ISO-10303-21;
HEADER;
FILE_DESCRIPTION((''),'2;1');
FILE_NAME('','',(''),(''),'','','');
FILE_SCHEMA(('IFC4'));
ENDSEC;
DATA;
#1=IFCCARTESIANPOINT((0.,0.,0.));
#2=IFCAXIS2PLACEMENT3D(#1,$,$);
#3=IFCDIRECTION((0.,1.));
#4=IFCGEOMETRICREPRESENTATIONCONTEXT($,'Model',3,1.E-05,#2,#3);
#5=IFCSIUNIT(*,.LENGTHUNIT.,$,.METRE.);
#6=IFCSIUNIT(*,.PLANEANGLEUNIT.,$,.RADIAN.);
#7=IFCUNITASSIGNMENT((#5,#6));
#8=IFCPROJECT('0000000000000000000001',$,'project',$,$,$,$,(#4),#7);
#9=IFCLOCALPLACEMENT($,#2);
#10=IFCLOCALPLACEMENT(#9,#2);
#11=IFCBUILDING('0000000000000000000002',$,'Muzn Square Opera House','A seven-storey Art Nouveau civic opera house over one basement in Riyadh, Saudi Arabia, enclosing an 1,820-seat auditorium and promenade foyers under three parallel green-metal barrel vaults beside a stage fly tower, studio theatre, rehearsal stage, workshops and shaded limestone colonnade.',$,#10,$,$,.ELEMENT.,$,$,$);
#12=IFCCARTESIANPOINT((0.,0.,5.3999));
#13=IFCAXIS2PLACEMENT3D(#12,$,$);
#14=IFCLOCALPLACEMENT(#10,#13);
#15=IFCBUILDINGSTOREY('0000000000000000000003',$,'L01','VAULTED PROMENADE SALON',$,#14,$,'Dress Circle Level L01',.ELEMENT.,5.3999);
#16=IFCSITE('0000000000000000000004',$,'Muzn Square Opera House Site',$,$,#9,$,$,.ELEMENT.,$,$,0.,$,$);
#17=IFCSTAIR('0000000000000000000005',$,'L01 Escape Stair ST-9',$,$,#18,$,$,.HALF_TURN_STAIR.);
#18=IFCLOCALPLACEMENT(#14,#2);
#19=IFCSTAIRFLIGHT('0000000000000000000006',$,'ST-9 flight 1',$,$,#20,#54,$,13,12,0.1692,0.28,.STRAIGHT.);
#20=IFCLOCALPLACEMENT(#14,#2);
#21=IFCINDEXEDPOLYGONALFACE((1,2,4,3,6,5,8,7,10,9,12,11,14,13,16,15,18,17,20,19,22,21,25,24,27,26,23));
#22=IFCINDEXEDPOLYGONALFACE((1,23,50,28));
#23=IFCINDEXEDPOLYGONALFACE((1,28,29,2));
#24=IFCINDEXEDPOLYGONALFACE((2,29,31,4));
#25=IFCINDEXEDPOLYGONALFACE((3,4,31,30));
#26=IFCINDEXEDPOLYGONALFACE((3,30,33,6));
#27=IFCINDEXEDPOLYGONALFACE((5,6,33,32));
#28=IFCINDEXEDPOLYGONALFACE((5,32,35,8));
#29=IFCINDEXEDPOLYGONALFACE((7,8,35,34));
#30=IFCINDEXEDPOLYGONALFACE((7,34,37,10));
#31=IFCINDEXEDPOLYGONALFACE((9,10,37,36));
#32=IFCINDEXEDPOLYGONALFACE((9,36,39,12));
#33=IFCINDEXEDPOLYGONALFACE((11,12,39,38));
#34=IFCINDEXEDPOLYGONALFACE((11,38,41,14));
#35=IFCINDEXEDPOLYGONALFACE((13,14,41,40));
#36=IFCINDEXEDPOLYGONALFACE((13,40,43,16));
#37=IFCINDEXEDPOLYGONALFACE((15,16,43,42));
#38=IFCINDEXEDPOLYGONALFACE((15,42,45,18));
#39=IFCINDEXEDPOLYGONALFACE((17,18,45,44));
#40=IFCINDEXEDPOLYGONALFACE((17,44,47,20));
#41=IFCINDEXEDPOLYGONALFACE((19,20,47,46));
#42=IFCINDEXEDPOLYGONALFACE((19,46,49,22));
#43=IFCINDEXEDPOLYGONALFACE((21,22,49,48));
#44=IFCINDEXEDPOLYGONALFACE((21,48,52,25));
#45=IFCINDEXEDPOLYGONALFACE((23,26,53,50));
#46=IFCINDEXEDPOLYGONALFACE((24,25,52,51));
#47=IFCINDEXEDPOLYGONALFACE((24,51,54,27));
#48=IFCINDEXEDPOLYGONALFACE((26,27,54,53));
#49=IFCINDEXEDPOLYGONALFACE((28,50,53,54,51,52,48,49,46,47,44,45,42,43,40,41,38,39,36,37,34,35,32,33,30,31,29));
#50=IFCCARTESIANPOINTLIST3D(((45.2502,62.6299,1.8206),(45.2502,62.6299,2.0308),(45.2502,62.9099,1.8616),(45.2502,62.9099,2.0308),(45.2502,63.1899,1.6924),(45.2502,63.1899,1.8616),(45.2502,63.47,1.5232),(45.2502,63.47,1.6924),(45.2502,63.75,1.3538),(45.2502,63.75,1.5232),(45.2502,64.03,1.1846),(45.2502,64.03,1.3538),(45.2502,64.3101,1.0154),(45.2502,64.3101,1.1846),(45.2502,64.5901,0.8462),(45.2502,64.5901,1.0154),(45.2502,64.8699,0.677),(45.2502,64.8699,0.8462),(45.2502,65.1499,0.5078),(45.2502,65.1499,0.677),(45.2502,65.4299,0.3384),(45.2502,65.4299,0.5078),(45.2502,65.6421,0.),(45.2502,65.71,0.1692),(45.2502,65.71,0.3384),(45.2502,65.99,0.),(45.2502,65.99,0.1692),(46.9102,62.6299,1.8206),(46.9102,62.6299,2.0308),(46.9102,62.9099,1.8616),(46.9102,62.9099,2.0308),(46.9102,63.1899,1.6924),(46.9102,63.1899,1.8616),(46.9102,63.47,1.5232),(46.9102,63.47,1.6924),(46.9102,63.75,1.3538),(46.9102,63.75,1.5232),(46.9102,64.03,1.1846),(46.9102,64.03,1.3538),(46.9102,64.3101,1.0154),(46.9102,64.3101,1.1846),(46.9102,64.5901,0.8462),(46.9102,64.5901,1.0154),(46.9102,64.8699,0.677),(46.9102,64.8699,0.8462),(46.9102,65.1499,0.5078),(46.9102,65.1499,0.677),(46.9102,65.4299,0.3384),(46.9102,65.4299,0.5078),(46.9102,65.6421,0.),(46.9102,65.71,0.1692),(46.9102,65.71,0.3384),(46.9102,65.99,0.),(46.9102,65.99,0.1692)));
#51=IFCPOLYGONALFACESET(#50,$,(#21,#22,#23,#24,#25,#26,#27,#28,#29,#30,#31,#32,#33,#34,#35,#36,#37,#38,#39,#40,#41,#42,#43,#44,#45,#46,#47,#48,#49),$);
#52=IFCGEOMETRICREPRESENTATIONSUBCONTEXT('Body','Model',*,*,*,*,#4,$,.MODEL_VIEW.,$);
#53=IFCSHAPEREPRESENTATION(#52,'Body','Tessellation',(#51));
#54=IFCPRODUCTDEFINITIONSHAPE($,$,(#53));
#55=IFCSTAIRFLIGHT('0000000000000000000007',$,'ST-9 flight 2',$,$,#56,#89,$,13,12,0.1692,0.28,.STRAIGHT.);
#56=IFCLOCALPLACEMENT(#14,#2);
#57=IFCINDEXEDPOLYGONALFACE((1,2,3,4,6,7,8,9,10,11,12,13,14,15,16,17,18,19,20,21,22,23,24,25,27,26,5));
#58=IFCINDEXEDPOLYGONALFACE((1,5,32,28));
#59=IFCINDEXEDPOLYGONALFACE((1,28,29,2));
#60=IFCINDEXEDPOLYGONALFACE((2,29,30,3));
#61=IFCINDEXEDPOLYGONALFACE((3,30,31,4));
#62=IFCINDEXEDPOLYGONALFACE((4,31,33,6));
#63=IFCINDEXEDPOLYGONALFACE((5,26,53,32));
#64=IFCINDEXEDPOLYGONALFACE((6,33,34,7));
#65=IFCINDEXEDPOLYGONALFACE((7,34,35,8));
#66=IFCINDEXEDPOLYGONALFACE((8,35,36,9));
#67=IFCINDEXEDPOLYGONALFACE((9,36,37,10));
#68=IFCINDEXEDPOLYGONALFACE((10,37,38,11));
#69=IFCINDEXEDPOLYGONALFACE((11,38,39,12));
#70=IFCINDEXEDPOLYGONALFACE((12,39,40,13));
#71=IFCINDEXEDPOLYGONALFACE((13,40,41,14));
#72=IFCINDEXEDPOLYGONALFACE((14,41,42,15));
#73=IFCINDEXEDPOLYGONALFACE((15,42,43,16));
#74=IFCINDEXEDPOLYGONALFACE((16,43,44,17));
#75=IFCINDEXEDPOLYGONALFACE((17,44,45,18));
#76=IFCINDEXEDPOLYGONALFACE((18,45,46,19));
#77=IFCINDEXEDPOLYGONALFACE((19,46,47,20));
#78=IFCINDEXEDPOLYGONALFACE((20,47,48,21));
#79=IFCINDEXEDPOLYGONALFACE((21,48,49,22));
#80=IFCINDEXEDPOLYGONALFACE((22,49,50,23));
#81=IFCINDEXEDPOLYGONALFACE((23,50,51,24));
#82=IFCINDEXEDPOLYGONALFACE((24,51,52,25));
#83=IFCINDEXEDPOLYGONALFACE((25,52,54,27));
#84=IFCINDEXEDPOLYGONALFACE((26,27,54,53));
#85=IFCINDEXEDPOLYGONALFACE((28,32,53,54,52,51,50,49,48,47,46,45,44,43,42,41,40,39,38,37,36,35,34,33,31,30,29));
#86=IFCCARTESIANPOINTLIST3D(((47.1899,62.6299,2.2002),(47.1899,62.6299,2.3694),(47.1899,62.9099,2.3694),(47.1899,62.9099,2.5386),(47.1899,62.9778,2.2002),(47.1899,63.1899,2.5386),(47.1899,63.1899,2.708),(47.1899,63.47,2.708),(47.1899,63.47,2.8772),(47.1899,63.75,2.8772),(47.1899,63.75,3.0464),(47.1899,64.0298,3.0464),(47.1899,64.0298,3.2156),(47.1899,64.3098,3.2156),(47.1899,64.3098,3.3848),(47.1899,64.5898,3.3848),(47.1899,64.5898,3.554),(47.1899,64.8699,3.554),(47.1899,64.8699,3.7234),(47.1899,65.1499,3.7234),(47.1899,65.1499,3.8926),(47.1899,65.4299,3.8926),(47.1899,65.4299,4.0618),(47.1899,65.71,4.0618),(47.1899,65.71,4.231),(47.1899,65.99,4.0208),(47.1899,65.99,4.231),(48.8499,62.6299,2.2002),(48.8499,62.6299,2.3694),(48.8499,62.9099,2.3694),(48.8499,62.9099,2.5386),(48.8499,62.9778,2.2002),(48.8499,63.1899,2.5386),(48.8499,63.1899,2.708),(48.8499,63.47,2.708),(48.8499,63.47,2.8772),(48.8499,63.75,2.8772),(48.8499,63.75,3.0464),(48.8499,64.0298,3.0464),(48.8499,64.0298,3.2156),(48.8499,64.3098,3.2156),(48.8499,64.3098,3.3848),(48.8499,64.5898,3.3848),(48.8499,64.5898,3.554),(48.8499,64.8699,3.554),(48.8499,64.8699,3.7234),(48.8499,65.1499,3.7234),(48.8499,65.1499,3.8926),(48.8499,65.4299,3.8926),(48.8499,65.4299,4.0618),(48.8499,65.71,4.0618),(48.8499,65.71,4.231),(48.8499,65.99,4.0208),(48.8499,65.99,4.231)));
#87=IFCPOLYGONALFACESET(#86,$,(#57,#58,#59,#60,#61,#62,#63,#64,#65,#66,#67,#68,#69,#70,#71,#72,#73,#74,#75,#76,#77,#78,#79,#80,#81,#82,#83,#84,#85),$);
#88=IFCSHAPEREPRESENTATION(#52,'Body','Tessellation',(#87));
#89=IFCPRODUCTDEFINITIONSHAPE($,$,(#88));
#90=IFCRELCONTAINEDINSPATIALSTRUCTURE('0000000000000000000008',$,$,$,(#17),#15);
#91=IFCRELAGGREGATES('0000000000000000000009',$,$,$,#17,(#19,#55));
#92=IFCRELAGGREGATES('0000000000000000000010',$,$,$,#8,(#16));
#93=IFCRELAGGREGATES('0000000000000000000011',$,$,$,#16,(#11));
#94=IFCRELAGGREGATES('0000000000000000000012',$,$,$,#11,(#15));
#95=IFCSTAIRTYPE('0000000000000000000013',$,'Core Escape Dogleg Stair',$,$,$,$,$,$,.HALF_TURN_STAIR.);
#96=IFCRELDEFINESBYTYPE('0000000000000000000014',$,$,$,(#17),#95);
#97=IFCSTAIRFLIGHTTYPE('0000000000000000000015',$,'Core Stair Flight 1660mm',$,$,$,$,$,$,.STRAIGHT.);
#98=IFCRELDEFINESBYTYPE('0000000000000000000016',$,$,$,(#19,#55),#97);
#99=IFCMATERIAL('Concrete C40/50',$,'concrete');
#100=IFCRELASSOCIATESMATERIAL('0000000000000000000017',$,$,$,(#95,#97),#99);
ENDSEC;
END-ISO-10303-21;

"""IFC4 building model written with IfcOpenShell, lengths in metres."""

from ifc_helpers import new_model, si_unit, direction, frame, origin, place, context, subcontext, project, spatial, polyline, outline, extrude, material, type_object, element, aggregate, save


model = new_model("IFC4")

# Units and contexts
model_context = context("Model", 3, precision=1e-05, world=origin(), true_north=direction((0.0, 1.0)))
body_context = subcontext(model_context, "Body", "Model", "MODEL_VIEW")
ifc_project = project(units=[si_unit("LENGTHUNIT", "METRE"), si_unit("PLANEANGLEUNIT", "RADIAN")], contexts=[model_context])

# Site, building, storey
site_placement = place(None, origin())
site = spatial("IfcSite", under=ifc_project, at=site_placement, Name="Muzn Square Opera House Site", CompositionType="ELEMENT", RefElevation=0.0)
building_placement = place(site_placement, origin())
building = spatial("IfcBuilding", under=site, at=building_placement, Name="Muzn Square Opera House", Description="A seven-storey Art Nouveau civic opera house over one basement in Riyadh, Saudi Arabia, enclosing an 1,820-seat auditorium and promenade foyers under three parallel green-metal barrel vaults beside a stage fly tower, studio theatre, rehearsal stage, workshops and shaded limestone colonnade.", CompositionType="ELEMENT")
storey_placement = place(building_placement, frame((0.0, 0.0, 5.3999)))
storey = spatial("IfcBuildingStorey", under=building, at=storey_placement, Name="L01", Description="VAULTED PROMENADE SALON", LongName="Dress Circle Level L01", CompositionType="ELEMENT", Elevation=5.3999)

# Shared definitions
ifc_material_1 = material(Name="Concrete C40/50", Category="concrete")

# Stair, stair flights
stair_type = type_object("IfcStairType", Name="Core Escape Dogleg Stair", PredefinedType="HALF_TURN_STAIR", material=ifc_material_1)
stair_placement = place(storey_placement, origin())
stair = element("IfcStair", 1, at=stair_placement, inside=storey, type_object=stair_type, Name="L01 Escape Stair ST-9", PredefinedType="HALF_TURN_STAIR")
stair_flight_type = type_object("IfcStairFlightType", Name="Core Stair Flight 1660mm", PredefinedType="STRAIGHT", material=ifc_material_1)
stair_flight_1_placement = place(storey_placement, frame((46.0801, 65.99, 0.0), z_axis=(0.0, 0.0, 1.0), x_axis=(0.0, -1.0, 0.0)))
stair_flight_1 = element("IfcStairFlight", 2, at=stair_flight_1_placement, type_object=stair_flight_type, Name="ST-9 flight 1", NumberOfRisers=13, NumberOfTreads=12, PredefinedType="STRAIGHT", RiserHeight=0.1692, TreadLength=0.28, context=body_context, shape_type="SweptSolid", body=[
    extrude(outline(polyline([(0.0, 0.0), (0.0, 0.1692), (0.28, 0.1692), (0.28, 0.3384), (0.5601, 0.3384), (0.5601, 0.5078), (0.8401, 0.5078), (0.8401, 0.677), (1.1201, 0.677), (1.1201, 0.8462), (1.3999, 0.8462), (1.3999, 1.0154), (1.6799, 1.0154), (1.6799, 1.1846), (1.96, 1.1846), (1.96, 1.3538), (2.24, 1.3538), (2.24, 1.5232), (2.52, 1.5232), (2.52, 1.6924), (2.8, 1.6924), (2.8, 1.8616), (3.0801, 1.8616), (3.0801, 2.0308), (3.3601, 2.0308), (3.3601, 2.2), (3.3601, 1.8206), (0.3479, 0.0), (0.0, 0.0)])), frame((0.0, 0.8301, 0.0), z_axis=(0.0, -1.0, 0.0), x_axis=(1.0, 0.0, 0.0)), (0.0, 0.0, 1.0), 1.6599),
])
stair_flight_2_placement = place(storey_placement, frame((48.02, 62.6299, 2.2002), z_axis=(0.0, 0.0, 1.0), x_axis=(0.0, 1.0, 0.0)))
stair_flight_2 = element("IfcStairFlight", 3, at=stair_flight_2_placement, type_object=stair_flight_type, Name="ST-9 flight 2", NumberOfRisers=13, NumberOfTreads=12, PredefinedType="STRAIGHT", RiserHeight=0.1692, TreadLength=0.28, context=body_context, shape_type="SweptSolid", body=[
    extrude(outline(polyline([(0.0, 0.0), (0.0, 0.1692), (0.28, 0.1692), (0.28, 0.3384), (0.5601, 0.3384), (0.5601, 0.5078), (0.8401, 0.5078), (0.8401, 0.677), (1.1201, 0.677), (1.1201, 0.8462), (1.3999, 0.8462), (1.3999, 1.0154), (1.6799, 1.0154), (1.6799, 1.1846), (1.96, 1.1846), (1.96, 1.3538), (2.24, 1.3538), (2.24, 1.5232), (2.52, 1.5232), (2.52, 1.6924), (2.8, 1.6924), (2.8, 1.8616), (3.0801, 1.8616), (3.0801, 2.0308), (3.3601, 2.0308), (3.3601, 2.2), (3.3601, 1.8206), (0.3479, 0.0), (0.0, 0.0)])), frame((0.0, 0.8301, 0.0), z_axis=(0.0, -1.0, 0.0), x_axis=(1.0, 0.0, 0.0)), (0.0, 0.0, 1.0), 1.6599),
])
aggregate(stair, [stair_flight_1, stair_flight_2])

save(model, "model.ifc")
